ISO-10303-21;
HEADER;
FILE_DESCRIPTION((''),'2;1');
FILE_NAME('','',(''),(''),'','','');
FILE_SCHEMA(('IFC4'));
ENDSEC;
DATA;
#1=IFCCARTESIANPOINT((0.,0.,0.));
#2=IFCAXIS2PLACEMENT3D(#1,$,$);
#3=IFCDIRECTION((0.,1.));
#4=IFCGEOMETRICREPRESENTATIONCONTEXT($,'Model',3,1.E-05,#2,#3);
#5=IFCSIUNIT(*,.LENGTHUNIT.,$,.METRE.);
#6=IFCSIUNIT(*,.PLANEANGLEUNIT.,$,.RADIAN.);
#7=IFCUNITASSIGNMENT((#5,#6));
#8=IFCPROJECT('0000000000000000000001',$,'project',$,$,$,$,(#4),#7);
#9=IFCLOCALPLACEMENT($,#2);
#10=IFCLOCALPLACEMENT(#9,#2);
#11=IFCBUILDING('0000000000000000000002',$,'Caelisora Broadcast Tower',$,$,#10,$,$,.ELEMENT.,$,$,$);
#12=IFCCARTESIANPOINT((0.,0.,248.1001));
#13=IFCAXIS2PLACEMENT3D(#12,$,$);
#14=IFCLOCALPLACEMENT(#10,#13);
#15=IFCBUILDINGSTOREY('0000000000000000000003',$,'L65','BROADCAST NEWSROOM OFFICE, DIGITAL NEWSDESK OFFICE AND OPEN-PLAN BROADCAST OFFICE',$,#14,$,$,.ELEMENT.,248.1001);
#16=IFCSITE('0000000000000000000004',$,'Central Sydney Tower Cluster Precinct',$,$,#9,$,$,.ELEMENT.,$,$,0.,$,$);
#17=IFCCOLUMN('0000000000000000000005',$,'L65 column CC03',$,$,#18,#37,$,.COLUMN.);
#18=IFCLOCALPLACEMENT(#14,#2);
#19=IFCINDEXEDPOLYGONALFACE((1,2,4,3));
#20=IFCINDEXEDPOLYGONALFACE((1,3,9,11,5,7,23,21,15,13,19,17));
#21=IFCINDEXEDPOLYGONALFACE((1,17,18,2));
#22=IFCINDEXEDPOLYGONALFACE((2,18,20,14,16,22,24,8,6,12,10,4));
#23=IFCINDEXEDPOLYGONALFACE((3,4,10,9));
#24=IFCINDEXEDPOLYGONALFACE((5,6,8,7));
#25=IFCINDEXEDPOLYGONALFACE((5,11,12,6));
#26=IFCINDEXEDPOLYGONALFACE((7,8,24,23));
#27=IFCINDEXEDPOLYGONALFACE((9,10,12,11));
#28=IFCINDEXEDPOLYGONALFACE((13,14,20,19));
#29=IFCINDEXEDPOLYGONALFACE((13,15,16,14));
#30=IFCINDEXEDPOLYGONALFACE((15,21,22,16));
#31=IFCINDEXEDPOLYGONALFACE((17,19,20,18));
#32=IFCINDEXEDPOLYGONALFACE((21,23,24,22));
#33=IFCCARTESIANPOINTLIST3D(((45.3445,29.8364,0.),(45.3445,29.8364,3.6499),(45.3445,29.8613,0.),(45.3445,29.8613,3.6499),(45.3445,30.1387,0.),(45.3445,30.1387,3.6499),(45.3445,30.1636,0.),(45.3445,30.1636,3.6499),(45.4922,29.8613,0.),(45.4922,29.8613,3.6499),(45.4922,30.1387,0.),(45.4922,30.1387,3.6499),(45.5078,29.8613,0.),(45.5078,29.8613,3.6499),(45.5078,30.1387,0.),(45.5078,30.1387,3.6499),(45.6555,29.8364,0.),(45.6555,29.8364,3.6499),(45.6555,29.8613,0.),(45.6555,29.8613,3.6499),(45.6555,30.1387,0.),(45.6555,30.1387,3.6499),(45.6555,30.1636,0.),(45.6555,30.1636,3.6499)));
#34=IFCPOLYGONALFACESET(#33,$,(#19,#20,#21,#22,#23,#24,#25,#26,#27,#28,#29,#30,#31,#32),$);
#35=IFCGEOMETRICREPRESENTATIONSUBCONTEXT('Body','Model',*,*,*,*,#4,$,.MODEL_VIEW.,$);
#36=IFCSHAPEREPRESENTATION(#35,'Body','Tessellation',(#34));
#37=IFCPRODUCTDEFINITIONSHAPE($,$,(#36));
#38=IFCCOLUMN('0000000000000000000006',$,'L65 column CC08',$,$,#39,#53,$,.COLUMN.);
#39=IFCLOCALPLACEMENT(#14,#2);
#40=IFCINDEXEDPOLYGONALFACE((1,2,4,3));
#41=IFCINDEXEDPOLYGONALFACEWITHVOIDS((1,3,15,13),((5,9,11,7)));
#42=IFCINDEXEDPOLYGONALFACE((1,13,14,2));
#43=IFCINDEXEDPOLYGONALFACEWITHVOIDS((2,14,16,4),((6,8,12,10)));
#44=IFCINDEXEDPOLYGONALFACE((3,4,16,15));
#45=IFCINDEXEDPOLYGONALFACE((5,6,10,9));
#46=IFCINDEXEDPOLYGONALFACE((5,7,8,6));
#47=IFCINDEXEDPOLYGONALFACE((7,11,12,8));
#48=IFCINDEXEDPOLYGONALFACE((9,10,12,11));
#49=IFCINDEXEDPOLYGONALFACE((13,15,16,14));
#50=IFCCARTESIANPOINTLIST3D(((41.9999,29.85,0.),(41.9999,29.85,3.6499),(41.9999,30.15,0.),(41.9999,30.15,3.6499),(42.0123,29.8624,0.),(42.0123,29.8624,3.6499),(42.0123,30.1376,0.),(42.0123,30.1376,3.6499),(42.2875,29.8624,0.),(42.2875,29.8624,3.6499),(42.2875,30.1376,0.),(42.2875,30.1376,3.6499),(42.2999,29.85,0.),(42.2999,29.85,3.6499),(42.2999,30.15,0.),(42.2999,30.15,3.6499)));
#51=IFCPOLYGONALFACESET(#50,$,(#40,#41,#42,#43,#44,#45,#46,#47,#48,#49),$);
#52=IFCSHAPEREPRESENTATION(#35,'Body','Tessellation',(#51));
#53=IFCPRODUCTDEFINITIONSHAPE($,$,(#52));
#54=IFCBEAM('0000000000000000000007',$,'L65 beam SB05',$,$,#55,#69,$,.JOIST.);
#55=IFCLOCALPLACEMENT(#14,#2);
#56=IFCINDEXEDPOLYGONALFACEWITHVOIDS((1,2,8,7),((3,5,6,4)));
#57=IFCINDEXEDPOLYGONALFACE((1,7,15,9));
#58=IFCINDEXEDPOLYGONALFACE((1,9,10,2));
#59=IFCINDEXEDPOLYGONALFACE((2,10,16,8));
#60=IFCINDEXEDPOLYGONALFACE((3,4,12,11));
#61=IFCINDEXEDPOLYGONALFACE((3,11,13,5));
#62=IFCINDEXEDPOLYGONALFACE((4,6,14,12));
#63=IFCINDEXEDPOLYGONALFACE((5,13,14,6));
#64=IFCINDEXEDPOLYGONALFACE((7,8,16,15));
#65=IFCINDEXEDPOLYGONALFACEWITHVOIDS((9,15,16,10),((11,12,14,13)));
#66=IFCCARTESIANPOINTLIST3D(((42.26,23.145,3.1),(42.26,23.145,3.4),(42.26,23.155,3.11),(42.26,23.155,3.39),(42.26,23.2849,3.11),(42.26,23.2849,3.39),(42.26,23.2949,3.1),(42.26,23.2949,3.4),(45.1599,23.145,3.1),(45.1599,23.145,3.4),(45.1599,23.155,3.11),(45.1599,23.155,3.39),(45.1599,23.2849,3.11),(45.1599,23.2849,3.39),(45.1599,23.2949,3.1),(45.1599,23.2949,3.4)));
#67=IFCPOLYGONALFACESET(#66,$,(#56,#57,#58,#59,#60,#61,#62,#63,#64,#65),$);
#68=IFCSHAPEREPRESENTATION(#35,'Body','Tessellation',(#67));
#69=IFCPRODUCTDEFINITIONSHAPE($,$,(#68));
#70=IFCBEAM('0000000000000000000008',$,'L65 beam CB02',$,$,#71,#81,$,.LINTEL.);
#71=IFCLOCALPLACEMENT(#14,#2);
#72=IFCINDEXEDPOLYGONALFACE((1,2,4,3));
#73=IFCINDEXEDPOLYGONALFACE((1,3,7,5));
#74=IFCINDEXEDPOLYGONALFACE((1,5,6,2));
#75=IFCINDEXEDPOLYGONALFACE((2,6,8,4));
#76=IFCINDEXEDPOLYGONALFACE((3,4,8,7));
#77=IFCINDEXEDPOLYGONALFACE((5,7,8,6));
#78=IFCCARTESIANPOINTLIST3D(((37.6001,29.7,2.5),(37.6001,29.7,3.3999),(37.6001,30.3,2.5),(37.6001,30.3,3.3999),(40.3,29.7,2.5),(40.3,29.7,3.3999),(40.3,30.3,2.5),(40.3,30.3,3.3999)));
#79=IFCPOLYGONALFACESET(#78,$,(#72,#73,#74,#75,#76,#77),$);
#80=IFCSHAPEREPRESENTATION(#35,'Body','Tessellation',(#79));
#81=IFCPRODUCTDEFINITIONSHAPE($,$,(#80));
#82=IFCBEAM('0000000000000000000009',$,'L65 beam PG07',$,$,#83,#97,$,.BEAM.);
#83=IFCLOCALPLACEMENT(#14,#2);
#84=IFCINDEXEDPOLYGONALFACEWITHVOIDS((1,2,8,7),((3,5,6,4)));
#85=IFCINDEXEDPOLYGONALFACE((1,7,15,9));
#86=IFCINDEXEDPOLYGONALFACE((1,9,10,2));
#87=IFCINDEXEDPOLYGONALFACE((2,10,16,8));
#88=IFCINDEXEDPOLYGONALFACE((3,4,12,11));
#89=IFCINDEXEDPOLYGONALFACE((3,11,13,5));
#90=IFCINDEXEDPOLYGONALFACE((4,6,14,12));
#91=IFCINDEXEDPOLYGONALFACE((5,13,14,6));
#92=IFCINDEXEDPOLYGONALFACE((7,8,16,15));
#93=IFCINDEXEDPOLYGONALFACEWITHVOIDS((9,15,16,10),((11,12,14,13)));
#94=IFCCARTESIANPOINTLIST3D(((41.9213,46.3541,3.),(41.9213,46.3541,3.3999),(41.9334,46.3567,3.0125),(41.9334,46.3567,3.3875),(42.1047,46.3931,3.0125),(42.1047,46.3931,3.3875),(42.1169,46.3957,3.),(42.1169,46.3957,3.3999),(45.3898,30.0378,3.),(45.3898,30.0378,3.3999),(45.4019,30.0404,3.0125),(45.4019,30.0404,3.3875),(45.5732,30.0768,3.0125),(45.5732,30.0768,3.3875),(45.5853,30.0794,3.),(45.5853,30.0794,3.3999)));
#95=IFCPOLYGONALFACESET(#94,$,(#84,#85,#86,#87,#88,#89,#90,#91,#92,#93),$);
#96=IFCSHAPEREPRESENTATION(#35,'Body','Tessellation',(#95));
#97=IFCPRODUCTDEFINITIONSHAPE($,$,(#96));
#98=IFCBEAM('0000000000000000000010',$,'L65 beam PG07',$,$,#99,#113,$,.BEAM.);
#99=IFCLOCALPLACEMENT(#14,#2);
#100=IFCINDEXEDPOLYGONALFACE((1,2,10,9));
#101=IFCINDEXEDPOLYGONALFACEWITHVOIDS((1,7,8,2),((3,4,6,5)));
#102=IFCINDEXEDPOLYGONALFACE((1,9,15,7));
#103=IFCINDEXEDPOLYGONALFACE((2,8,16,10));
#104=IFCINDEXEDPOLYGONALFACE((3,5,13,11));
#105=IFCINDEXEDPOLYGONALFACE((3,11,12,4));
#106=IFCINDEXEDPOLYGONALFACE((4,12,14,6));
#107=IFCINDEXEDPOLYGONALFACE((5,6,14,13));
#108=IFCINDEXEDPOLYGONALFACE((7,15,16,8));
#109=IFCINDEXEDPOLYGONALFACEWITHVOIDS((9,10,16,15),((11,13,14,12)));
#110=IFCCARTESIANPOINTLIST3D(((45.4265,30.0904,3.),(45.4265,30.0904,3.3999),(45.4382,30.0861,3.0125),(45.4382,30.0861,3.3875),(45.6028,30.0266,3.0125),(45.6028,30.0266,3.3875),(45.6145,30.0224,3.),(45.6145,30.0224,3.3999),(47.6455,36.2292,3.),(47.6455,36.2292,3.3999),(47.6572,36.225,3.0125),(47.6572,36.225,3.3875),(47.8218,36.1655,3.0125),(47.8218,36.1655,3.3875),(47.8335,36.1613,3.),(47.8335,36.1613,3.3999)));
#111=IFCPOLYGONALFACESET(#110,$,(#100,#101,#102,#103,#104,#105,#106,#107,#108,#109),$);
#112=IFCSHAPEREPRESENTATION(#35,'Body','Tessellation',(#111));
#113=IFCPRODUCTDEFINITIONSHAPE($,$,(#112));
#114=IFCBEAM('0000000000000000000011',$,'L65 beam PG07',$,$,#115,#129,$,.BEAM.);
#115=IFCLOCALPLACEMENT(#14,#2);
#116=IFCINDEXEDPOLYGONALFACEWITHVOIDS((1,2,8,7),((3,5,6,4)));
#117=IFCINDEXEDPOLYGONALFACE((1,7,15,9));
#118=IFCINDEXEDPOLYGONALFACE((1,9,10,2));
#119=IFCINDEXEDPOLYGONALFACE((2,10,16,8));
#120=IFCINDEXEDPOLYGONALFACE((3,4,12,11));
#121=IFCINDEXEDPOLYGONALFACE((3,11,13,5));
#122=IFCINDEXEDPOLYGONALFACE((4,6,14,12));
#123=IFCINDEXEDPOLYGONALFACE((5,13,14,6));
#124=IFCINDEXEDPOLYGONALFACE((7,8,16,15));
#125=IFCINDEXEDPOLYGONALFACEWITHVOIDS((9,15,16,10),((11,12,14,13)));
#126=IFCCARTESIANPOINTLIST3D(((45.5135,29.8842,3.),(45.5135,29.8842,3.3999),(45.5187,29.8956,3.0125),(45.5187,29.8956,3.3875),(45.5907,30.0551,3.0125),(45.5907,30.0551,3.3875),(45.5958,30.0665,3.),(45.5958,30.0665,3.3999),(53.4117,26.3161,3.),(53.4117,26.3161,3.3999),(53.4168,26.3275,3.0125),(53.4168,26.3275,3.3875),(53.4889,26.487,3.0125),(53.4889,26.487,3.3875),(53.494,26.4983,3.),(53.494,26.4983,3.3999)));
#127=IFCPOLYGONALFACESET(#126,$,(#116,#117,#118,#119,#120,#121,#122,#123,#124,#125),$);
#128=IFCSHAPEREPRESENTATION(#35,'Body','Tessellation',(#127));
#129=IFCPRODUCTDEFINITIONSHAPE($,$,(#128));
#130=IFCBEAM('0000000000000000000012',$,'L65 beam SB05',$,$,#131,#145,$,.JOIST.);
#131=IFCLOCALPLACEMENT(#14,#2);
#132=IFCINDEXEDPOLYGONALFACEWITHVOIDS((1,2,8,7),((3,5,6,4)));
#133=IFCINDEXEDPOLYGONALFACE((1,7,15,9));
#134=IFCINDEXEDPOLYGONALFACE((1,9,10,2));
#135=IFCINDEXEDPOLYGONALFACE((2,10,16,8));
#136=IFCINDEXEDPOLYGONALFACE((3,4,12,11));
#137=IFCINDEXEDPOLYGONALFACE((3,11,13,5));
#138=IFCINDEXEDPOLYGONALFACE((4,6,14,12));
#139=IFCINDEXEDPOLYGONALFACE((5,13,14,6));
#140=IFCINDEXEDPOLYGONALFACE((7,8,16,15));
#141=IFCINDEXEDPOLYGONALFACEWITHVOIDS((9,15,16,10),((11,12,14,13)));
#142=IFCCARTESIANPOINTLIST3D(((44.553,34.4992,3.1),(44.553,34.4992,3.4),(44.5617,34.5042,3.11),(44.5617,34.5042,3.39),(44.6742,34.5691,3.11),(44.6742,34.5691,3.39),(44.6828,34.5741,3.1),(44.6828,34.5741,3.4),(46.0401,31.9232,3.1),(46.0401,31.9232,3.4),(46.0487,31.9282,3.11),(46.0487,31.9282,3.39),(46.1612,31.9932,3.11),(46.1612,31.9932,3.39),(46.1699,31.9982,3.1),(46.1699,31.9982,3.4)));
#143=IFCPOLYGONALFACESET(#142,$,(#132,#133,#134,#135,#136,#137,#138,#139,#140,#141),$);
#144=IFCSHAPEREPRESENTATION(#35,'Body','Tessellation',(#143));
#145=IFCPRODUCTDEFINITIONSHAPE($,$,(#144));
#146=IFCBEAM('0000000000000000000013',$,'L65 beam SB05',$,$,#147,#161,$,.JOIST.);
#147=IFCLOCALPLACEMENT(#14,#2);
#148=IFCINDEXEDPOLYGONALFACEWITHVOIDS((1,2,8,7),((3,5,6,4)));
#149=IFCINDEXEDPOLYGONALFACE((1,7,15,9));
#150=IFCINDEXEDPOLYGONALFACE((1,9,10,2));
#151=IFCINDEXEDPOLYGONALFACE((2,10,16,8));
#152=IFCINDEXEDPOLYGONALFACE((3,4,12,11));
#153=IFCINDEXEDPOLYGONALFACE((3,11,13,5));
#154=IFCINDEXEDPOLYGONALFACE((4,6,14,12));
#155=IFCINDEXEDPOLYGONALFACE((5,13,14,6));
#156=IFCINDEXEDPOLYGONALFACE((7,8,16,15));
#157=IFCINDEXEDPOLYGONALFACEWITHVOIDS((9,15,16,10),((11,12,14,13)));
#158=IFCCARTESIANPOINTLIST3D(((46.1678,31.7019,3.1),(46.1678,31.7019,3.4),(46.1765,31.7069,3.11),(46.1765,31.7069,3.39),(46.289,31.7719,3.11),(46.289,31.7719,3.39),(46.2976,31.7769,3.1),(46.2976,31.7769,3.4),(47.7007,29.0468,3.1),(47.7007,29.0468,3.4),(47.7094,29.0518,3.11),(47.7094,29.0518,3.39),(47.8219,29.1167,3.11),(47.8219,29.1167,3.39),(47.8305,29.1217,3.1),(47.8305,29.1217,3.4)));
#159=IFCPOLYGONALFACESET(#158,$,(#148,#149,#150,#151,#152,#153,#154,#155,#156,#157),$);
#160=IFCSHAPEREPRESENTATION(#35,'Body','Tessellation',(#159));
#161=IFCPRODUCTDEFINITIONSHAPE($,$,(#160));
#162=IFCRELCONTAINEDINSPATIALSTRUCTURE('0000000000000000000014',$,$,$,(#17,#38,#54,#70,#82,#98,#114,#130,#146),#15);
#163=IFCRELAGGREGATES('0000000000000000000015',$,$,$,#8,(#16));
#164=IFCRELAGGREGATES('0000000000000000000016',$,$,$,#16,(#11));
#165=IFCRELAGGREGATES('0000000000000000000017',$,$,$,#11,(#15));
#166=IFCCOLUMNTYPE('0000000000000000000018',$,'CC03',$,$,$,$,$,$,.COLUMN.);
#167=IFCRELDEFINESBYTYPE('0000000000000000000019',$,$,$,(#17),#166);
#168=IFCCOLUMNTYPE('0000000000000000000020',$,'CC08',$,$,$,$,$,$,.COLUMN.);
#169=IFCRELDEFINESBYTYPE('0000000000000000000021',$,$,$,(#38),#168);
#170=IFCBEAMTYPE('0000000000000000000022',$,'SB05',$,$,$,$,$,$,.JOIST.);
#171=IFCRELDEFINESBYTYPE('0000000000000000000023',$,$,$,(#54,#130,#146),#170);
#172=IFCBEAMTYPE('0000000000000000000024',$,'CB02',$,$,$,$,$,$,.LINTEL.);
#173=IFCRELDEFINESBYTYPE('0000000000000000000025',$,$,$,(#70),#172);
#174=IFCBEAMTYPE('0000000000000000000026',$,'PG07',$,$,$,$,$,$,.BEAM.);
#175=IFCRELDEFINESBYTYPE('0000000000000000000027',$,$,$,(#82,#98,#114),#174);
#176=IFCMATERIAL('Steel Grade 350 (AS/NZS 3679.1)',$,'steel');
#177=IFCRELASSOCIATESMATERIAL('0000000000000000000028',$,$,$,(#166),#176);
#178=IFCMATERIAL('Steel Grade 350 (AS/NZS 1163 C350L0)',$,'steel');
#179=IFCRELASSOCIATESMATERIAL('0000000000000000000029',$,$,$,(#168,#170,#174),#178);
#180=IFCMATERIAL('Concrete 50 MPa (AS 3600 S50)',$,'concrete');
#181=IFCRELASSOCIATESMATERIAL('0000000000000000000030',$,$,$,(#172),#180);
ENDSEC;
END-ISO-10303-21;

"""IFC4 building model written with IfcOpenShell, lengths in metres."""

from ifc_helpers import new_model, si_unit, direction, frame, origin, origin_2d, place, context, subcontext, project, spatial, rectangle, hollow_rectangle, i_section, extrude, source, transform, mapped, material, material_profile, profile_set, type_object, type_shapes, element, save


model = new_model("IFC4")

# Units and contexts
model_context = context("Model", 3, precision=1e-05, world=origin(), true_north=direction((0.0, 1.0)))
body_context = subcontext(model_context, "Body", "Model", "MODEL_VIEW")
ifc_project = project(units=[si_unit("LENGTHUNIT", "METRE"), si_unit("PLANEANGLEUNIT", "RADIAN")], contexts=[model_context])

# Site, building, storey
site_placement = place(None, origin())
site = spatial("IfcSite", under=ifc_project, at=site_placement, Name="Central Sydney Tower Cluster Precinct", CompositionType="ELEMENT", RefElevation=0.0)
building_placement = place(site_placement, origin())
building = spatial("IfcBuilding", under=site, at=building_placement, Name="Caelisora Broadcast Tower", CompositionType="ELEMENT")
storey_placement = place(building_placement, frame((0.0, 0.0, 248.1001)))
storey = spatial("IfcBuildingStorey", under=building, at=storey_placement, Name="L65", Description="BROADCAST NEWSROOM OFFICE, DIGITAL NEWSDESK OFFICE AND OPEN-PLAN BROADCAST OFFICE", CompositionType="ELEMENT", Elevation=248.1001)

# Columns
ifc_material_1 = material(Name="Steel Grade 350 (AS/NZS 3679.1)", Category="steel")
ifc_material_profile_1 = material_profile(ifc_material_1, i_section(OverallWidth=0.311, OverallDepth=0.3271, WebThickness=0.0156, FlangeThickness=0.0249, at=origin_2d()), Name="Steel Grade 350 (AS/NZS 3679.1)")
ifc_profile_set_1 = profile_set([ifc_material_profile_1], Name="Steel Grade 350 (AS/NZS 3679.1)")
column_type_1 = type_object("IfcColumnType", Name="CC03", PredefinedType="COLUMN", material=ifc_profile_set_1)
shared_shape_1 = source(origin(), body_context, "Body", "SweptSolid", [
    extrude(i_section(OverallWidth=0.311, OverallDepth=0.3271, WebThickness=0.0156, FlangeThickness=0.0249, at=origin_2d()), origin(), (0.0, 0.0, 1.0), 3.6499),
])
type_shapes(column_type_1, [shared_shape_1])
column_1_placement = place(storey_placement, frame((45.5, 30.0, 0.0), z_axis=(0.0, 0.0, 1.0), x_axis=(1.0, 0.0, 0.0)))
element("IfcColumn", 1, at=column_1_placement, inside=storey, type_object=column_type_1, Name="L65 column CC03", PredefinedType="COLUMN", context=body_context, shape_type="MappedRepresentation", body=[
    mapped(shared_shape_1, transform((0.0, 0.0, 0.0), scale=1.0)),
])
ifc_material_2 = material(Name="Steel Grade 350 (AS/NZS 1163 C350L0)", Category="steel")
ifc_material_profile_2 = material_profile(ifc_material_2, hollow_rectangle(XDim=0.3, YDim=0.3, WallThickness=0.0125, at=origin_2d()), Name="Steel Grade 350 (AS/NZS 1163 C350L0)")
ifc_profile_set_2 = profile_set([ifc_material_profile_2], Name="Steel Grade 350 (AS/NZS 1163 C350L0)")
column_type_2 = type_object("IfcColumnType", Name="CC08", PredefinedType="COLUMN", material=ifc_profile_set_2)
shared_shape_2 = source(origin(), body_context, "Body", "SweptSolid", [
    extrude(hollow_rectangle(XDim=0.3, YDim=0.3, WallThickness=0.0125, at=origin_2d()), origin(), (0.0, 0.0, 1.0), 3.6499),
])
type_shapes(column_type_2, [shared_shape_2])
column_2_placement = place(storey_placement, frame((42.1499, 30.0, 0.0), z_axis=(0.0, 0.0, 1.0), x_axis=(1.0, 0.0, 0.0)))
element("IfcColumn", 2, at=column_2_placement, inside=storey, type_object=column_type_2, Name="L65 column CC08", PredefinedType="COLUMN", context=body_context, shape_type="MappedRepresentation", body=[
    mapped(shared_shape_2, transform((0.0, 0.0, 0.0), scale=1.0)),
])

# Beams
ifc_material_profile_3 = material_profile(ifc_material_2, hollow_rectangle(XDim=0.1499, YDim=0.3, WallThickness=0.01, at=origin_2d()), Name="Steel Grade 350 (AS/NZS 1163 C350L0)")
ifc_profile_set_3 = profile_set([ifc_material_profile_3], Name="Steel Grade 350 (AS/NZS 1163 C350L0)")
beam_type_1 = type_object("IfcBeamType", Name="SB05", PredefinedType="JOIST", material=ifc_profile_set_3)
shared_shape_3 = source(origin(), body_context, "Body", "SweptSolid", [
    extrude(hollow_rectangle(XDim=0.1499, YDim=0.3, WallThickness=0.01, at=origin_2d()), origin(), (0.0, 0.0, 1.0), 2.8999),
])
beam_1_placement = place(storey_placement, frame((42.26, 23.22, 3.25), z_axis=(1.0, 0.0, 0.0), x_axis=(0.0, 1.0, 0.0)))
element("IfcBeam", 3, at=beam_1_placement, inside=storey, type_object=beam_type_1, Name="L65 beam SB05", PredefinedType="JOIST", context=body_context, shape_type="MappedRepresentation", body=[
    mapped(shared_shape_3, transform((0.0, 0.0, 0.0), scale=1.0)),
])
ifc_material_3 = material(Name="Concrete 50 MPa (AS 3600 S50)", Category="concrete")
ifc_material_profile_4 = material_profile(ifc_material_3, rectangle(XDim=0.6001, YDim=0.8999, at=origin_2d()), Name="Concrete 50 MPa (AS 3600 S50)")
ifc_profile_set_4 = profile_set([ifc_material_profile_4], Name="Concrete 50 MPa (AS 3600 S50)")
beam_type_2 = type_object("IfcBeamType", Name="CB02", PredefinedType="LINTEL", material=ifc_profile_set_4)
shared_shape_4 = source(origin(), body_context, "Body", "SweptSolid", [
    extrude(rectangle(XDim=0.6001, YDim=0.8999, at=origin_2d()), origin(), (0.0, 0.0, 1.0), 2.7),
])
type_shapes(beam_type_2, [shared_shape_4])
beam_2_placement = place(storey_placement, frame((37.6001, 30.0, 2.95), z_axis=(1.0, 0.0, 0.0), x_axis=(0.0, 1.0, 0.0)))
element("IfcBeam", 4, at=beam_2_placement, inside=storey, type_object=beam_type_2, Name="L65 beam CB02", PredefinedType="LINTEL", context=body_context, shape_type="MappedRepresentation", body=[
    mapped(shared_shape_4, transform((0.0, 0.0, 0.0), scale=1.0)),
])
ifc_material_profile_5 = material_profile(ifc_material_2, hollow_rectangle(XDim=0.2, YDim=0.3999, WallThickness=0.0125, at=origin_2d()), Name="Steel Grade 350 (AS/NZS 1163 C350L0)")
ifc_profile_set_5 = profile_set([ifc_material_profile_5], Name="Steel Grade 350 (AS/NZS 1163 C350L0)")
beam_type_3 = type_object("IfcBeamType", Name="PG07", PredefinedType="BEAM", material=ifc_profile_set_5)
shared_shape_5 = source(origin(), body_context, "Body", "SweptSolid", [
    extrude(hollow_rectangle(XDim=0.2, YDim=0.3999, WallThickness=0.0125, at=origin_2d()), origin(), (0.0, 0.0, 1.0), 16.6809),
])
beam_3_placement = place(storey_placement, frame((45.4875, 30.0586, 3.2), z_axis=(-0.207932, 0.978143, 0.0), x_axis=(-0.978143, -0.207932, 0.0)))
element("IfcBeam", 5, at=beam_3_placement, inside=storey, type_object=beam_type_3, Name="L65 beam PG07", PredefinedType="BEAM", context=body_context, shape_type="MappedRepresentation", body=[
    mapped(shared_shape_5, transform((0.0, 0.0, 0.0), scale=1.0)),
])
shared_shape_6 = source(origin(), body_context, "Body", "SweptSolid", [
    extrude(hollow_rectangle(XDim=0.2, YDim=0.3999, WallThickness=0.0125, at=origin_2d()), origin(), (0.0, 0.0, 1.0), 6.5276),
])
beam_4_placement = place(storey_placement, frame((45.5205, 30.0564, 3.2), z_axis=(0.339938, 0.940448, 0.0), x_axis=(-0.940448, 0.339938, 0.0)))
element("IfcBeam", 6, at=beam_4_placement, inside=storey, type_object=beam_type_3, Name="L65 beam PG07", PredefinedType="BEAM", context=body_context, shape_type="MappedRepresentation", body=[
    mapped(shared_shape_6, transform((0.0, 0.0, 0.0), scale=1.0)),
])
shared_shape_7 = source(origin(), body_context, "Body", "SweptSolid", [
    extrude(hollow_rectangle(XDim=0.2, YDim=0.3999, WallThickness=0.0125, at=origin_2d()), origin(), (0.0, 0.0, 1.0), 8.6667),
])
type_shapes(beam_type_3, [shared_shape_5, shared_shape_6, shared_shape_7])
beam_5_placement = place(storey_placement, frame((45.5547, 29.9753, 3.2), z_axis=(0.911319, -0.411701, 0.0), x_axis=(0.411701, 0.911319, 0.0)))
element("IfcBeam", 7, at=beam_5_placement, inside=storey, type_object=beam_type_3, Name="L65 beam PG07", PredefinedType="BEAM", context=body_context, shape_type="MappedRepresentation", body=[
    mapped(shared_shape_7, transform((0.0, 0.0, 0.0), scale=1.0)),
])
shared_shape_8 = source(origin(), body_context, "Body", "SweptSolid", [
    extrude(hollow_rectangle(XDim=0.1499, YDim=0.3, WallThickness=0.01, at=origin_2d()), origin(), (0.0, 0.0, 1.0), 2.9744),
])
beam_6_placement = place(storey_placement, frame((46.105, 31.9607, 3.25), z_axis=(-0.499962, 0.866048, 0.0), x_axis=(-0.866048, -0.499962, 0.0)))
element("IfcBeam", 8, at=beam_6_placement, inside=storey, type_object=beam_type_1, Name="L65 beam SB05", PredefinedType="JOIST", context=body_context, shape_type="MappedRepresentation", body=[
    mapped(shared_shape_8, transform((0.0, 0.0, 0.0), scale=1.0)),
])
shared_shape_9 = source(origin(), body_context, "Body", "SweptSolid", [
    extrude(hollow_rectangle(XDim=0.1499, YDim=0.3, WallThickness=0.01, at=origin_2d()), origin(), (0.0, 0.0, 1.0), 3.0659),
])
type_shapes(beam_type_1, [shared_shape_3, shared_shape_8, shared_shape_9])
beam_7_placement = place(storey_placement, frame((47.7656, 29.0842, 3.25), z_axis=(-0.499984, 0.866034, 0.0), x_axis=(-0.866034, -0.499984, 0.0)))
element("IfcBeam", 9, at=beam_7_placement, inside=storey, type_object=beam_type_1, Name="L65 beam SB05", PredefinedType="JOIST", context=body_context, shape_type="MappedRepresentation", body=[
    mapped(shared_shape_9, transform((0.0, 0.0, 0.0), scale=1.0)),
])

save(model, "model.ifc")
